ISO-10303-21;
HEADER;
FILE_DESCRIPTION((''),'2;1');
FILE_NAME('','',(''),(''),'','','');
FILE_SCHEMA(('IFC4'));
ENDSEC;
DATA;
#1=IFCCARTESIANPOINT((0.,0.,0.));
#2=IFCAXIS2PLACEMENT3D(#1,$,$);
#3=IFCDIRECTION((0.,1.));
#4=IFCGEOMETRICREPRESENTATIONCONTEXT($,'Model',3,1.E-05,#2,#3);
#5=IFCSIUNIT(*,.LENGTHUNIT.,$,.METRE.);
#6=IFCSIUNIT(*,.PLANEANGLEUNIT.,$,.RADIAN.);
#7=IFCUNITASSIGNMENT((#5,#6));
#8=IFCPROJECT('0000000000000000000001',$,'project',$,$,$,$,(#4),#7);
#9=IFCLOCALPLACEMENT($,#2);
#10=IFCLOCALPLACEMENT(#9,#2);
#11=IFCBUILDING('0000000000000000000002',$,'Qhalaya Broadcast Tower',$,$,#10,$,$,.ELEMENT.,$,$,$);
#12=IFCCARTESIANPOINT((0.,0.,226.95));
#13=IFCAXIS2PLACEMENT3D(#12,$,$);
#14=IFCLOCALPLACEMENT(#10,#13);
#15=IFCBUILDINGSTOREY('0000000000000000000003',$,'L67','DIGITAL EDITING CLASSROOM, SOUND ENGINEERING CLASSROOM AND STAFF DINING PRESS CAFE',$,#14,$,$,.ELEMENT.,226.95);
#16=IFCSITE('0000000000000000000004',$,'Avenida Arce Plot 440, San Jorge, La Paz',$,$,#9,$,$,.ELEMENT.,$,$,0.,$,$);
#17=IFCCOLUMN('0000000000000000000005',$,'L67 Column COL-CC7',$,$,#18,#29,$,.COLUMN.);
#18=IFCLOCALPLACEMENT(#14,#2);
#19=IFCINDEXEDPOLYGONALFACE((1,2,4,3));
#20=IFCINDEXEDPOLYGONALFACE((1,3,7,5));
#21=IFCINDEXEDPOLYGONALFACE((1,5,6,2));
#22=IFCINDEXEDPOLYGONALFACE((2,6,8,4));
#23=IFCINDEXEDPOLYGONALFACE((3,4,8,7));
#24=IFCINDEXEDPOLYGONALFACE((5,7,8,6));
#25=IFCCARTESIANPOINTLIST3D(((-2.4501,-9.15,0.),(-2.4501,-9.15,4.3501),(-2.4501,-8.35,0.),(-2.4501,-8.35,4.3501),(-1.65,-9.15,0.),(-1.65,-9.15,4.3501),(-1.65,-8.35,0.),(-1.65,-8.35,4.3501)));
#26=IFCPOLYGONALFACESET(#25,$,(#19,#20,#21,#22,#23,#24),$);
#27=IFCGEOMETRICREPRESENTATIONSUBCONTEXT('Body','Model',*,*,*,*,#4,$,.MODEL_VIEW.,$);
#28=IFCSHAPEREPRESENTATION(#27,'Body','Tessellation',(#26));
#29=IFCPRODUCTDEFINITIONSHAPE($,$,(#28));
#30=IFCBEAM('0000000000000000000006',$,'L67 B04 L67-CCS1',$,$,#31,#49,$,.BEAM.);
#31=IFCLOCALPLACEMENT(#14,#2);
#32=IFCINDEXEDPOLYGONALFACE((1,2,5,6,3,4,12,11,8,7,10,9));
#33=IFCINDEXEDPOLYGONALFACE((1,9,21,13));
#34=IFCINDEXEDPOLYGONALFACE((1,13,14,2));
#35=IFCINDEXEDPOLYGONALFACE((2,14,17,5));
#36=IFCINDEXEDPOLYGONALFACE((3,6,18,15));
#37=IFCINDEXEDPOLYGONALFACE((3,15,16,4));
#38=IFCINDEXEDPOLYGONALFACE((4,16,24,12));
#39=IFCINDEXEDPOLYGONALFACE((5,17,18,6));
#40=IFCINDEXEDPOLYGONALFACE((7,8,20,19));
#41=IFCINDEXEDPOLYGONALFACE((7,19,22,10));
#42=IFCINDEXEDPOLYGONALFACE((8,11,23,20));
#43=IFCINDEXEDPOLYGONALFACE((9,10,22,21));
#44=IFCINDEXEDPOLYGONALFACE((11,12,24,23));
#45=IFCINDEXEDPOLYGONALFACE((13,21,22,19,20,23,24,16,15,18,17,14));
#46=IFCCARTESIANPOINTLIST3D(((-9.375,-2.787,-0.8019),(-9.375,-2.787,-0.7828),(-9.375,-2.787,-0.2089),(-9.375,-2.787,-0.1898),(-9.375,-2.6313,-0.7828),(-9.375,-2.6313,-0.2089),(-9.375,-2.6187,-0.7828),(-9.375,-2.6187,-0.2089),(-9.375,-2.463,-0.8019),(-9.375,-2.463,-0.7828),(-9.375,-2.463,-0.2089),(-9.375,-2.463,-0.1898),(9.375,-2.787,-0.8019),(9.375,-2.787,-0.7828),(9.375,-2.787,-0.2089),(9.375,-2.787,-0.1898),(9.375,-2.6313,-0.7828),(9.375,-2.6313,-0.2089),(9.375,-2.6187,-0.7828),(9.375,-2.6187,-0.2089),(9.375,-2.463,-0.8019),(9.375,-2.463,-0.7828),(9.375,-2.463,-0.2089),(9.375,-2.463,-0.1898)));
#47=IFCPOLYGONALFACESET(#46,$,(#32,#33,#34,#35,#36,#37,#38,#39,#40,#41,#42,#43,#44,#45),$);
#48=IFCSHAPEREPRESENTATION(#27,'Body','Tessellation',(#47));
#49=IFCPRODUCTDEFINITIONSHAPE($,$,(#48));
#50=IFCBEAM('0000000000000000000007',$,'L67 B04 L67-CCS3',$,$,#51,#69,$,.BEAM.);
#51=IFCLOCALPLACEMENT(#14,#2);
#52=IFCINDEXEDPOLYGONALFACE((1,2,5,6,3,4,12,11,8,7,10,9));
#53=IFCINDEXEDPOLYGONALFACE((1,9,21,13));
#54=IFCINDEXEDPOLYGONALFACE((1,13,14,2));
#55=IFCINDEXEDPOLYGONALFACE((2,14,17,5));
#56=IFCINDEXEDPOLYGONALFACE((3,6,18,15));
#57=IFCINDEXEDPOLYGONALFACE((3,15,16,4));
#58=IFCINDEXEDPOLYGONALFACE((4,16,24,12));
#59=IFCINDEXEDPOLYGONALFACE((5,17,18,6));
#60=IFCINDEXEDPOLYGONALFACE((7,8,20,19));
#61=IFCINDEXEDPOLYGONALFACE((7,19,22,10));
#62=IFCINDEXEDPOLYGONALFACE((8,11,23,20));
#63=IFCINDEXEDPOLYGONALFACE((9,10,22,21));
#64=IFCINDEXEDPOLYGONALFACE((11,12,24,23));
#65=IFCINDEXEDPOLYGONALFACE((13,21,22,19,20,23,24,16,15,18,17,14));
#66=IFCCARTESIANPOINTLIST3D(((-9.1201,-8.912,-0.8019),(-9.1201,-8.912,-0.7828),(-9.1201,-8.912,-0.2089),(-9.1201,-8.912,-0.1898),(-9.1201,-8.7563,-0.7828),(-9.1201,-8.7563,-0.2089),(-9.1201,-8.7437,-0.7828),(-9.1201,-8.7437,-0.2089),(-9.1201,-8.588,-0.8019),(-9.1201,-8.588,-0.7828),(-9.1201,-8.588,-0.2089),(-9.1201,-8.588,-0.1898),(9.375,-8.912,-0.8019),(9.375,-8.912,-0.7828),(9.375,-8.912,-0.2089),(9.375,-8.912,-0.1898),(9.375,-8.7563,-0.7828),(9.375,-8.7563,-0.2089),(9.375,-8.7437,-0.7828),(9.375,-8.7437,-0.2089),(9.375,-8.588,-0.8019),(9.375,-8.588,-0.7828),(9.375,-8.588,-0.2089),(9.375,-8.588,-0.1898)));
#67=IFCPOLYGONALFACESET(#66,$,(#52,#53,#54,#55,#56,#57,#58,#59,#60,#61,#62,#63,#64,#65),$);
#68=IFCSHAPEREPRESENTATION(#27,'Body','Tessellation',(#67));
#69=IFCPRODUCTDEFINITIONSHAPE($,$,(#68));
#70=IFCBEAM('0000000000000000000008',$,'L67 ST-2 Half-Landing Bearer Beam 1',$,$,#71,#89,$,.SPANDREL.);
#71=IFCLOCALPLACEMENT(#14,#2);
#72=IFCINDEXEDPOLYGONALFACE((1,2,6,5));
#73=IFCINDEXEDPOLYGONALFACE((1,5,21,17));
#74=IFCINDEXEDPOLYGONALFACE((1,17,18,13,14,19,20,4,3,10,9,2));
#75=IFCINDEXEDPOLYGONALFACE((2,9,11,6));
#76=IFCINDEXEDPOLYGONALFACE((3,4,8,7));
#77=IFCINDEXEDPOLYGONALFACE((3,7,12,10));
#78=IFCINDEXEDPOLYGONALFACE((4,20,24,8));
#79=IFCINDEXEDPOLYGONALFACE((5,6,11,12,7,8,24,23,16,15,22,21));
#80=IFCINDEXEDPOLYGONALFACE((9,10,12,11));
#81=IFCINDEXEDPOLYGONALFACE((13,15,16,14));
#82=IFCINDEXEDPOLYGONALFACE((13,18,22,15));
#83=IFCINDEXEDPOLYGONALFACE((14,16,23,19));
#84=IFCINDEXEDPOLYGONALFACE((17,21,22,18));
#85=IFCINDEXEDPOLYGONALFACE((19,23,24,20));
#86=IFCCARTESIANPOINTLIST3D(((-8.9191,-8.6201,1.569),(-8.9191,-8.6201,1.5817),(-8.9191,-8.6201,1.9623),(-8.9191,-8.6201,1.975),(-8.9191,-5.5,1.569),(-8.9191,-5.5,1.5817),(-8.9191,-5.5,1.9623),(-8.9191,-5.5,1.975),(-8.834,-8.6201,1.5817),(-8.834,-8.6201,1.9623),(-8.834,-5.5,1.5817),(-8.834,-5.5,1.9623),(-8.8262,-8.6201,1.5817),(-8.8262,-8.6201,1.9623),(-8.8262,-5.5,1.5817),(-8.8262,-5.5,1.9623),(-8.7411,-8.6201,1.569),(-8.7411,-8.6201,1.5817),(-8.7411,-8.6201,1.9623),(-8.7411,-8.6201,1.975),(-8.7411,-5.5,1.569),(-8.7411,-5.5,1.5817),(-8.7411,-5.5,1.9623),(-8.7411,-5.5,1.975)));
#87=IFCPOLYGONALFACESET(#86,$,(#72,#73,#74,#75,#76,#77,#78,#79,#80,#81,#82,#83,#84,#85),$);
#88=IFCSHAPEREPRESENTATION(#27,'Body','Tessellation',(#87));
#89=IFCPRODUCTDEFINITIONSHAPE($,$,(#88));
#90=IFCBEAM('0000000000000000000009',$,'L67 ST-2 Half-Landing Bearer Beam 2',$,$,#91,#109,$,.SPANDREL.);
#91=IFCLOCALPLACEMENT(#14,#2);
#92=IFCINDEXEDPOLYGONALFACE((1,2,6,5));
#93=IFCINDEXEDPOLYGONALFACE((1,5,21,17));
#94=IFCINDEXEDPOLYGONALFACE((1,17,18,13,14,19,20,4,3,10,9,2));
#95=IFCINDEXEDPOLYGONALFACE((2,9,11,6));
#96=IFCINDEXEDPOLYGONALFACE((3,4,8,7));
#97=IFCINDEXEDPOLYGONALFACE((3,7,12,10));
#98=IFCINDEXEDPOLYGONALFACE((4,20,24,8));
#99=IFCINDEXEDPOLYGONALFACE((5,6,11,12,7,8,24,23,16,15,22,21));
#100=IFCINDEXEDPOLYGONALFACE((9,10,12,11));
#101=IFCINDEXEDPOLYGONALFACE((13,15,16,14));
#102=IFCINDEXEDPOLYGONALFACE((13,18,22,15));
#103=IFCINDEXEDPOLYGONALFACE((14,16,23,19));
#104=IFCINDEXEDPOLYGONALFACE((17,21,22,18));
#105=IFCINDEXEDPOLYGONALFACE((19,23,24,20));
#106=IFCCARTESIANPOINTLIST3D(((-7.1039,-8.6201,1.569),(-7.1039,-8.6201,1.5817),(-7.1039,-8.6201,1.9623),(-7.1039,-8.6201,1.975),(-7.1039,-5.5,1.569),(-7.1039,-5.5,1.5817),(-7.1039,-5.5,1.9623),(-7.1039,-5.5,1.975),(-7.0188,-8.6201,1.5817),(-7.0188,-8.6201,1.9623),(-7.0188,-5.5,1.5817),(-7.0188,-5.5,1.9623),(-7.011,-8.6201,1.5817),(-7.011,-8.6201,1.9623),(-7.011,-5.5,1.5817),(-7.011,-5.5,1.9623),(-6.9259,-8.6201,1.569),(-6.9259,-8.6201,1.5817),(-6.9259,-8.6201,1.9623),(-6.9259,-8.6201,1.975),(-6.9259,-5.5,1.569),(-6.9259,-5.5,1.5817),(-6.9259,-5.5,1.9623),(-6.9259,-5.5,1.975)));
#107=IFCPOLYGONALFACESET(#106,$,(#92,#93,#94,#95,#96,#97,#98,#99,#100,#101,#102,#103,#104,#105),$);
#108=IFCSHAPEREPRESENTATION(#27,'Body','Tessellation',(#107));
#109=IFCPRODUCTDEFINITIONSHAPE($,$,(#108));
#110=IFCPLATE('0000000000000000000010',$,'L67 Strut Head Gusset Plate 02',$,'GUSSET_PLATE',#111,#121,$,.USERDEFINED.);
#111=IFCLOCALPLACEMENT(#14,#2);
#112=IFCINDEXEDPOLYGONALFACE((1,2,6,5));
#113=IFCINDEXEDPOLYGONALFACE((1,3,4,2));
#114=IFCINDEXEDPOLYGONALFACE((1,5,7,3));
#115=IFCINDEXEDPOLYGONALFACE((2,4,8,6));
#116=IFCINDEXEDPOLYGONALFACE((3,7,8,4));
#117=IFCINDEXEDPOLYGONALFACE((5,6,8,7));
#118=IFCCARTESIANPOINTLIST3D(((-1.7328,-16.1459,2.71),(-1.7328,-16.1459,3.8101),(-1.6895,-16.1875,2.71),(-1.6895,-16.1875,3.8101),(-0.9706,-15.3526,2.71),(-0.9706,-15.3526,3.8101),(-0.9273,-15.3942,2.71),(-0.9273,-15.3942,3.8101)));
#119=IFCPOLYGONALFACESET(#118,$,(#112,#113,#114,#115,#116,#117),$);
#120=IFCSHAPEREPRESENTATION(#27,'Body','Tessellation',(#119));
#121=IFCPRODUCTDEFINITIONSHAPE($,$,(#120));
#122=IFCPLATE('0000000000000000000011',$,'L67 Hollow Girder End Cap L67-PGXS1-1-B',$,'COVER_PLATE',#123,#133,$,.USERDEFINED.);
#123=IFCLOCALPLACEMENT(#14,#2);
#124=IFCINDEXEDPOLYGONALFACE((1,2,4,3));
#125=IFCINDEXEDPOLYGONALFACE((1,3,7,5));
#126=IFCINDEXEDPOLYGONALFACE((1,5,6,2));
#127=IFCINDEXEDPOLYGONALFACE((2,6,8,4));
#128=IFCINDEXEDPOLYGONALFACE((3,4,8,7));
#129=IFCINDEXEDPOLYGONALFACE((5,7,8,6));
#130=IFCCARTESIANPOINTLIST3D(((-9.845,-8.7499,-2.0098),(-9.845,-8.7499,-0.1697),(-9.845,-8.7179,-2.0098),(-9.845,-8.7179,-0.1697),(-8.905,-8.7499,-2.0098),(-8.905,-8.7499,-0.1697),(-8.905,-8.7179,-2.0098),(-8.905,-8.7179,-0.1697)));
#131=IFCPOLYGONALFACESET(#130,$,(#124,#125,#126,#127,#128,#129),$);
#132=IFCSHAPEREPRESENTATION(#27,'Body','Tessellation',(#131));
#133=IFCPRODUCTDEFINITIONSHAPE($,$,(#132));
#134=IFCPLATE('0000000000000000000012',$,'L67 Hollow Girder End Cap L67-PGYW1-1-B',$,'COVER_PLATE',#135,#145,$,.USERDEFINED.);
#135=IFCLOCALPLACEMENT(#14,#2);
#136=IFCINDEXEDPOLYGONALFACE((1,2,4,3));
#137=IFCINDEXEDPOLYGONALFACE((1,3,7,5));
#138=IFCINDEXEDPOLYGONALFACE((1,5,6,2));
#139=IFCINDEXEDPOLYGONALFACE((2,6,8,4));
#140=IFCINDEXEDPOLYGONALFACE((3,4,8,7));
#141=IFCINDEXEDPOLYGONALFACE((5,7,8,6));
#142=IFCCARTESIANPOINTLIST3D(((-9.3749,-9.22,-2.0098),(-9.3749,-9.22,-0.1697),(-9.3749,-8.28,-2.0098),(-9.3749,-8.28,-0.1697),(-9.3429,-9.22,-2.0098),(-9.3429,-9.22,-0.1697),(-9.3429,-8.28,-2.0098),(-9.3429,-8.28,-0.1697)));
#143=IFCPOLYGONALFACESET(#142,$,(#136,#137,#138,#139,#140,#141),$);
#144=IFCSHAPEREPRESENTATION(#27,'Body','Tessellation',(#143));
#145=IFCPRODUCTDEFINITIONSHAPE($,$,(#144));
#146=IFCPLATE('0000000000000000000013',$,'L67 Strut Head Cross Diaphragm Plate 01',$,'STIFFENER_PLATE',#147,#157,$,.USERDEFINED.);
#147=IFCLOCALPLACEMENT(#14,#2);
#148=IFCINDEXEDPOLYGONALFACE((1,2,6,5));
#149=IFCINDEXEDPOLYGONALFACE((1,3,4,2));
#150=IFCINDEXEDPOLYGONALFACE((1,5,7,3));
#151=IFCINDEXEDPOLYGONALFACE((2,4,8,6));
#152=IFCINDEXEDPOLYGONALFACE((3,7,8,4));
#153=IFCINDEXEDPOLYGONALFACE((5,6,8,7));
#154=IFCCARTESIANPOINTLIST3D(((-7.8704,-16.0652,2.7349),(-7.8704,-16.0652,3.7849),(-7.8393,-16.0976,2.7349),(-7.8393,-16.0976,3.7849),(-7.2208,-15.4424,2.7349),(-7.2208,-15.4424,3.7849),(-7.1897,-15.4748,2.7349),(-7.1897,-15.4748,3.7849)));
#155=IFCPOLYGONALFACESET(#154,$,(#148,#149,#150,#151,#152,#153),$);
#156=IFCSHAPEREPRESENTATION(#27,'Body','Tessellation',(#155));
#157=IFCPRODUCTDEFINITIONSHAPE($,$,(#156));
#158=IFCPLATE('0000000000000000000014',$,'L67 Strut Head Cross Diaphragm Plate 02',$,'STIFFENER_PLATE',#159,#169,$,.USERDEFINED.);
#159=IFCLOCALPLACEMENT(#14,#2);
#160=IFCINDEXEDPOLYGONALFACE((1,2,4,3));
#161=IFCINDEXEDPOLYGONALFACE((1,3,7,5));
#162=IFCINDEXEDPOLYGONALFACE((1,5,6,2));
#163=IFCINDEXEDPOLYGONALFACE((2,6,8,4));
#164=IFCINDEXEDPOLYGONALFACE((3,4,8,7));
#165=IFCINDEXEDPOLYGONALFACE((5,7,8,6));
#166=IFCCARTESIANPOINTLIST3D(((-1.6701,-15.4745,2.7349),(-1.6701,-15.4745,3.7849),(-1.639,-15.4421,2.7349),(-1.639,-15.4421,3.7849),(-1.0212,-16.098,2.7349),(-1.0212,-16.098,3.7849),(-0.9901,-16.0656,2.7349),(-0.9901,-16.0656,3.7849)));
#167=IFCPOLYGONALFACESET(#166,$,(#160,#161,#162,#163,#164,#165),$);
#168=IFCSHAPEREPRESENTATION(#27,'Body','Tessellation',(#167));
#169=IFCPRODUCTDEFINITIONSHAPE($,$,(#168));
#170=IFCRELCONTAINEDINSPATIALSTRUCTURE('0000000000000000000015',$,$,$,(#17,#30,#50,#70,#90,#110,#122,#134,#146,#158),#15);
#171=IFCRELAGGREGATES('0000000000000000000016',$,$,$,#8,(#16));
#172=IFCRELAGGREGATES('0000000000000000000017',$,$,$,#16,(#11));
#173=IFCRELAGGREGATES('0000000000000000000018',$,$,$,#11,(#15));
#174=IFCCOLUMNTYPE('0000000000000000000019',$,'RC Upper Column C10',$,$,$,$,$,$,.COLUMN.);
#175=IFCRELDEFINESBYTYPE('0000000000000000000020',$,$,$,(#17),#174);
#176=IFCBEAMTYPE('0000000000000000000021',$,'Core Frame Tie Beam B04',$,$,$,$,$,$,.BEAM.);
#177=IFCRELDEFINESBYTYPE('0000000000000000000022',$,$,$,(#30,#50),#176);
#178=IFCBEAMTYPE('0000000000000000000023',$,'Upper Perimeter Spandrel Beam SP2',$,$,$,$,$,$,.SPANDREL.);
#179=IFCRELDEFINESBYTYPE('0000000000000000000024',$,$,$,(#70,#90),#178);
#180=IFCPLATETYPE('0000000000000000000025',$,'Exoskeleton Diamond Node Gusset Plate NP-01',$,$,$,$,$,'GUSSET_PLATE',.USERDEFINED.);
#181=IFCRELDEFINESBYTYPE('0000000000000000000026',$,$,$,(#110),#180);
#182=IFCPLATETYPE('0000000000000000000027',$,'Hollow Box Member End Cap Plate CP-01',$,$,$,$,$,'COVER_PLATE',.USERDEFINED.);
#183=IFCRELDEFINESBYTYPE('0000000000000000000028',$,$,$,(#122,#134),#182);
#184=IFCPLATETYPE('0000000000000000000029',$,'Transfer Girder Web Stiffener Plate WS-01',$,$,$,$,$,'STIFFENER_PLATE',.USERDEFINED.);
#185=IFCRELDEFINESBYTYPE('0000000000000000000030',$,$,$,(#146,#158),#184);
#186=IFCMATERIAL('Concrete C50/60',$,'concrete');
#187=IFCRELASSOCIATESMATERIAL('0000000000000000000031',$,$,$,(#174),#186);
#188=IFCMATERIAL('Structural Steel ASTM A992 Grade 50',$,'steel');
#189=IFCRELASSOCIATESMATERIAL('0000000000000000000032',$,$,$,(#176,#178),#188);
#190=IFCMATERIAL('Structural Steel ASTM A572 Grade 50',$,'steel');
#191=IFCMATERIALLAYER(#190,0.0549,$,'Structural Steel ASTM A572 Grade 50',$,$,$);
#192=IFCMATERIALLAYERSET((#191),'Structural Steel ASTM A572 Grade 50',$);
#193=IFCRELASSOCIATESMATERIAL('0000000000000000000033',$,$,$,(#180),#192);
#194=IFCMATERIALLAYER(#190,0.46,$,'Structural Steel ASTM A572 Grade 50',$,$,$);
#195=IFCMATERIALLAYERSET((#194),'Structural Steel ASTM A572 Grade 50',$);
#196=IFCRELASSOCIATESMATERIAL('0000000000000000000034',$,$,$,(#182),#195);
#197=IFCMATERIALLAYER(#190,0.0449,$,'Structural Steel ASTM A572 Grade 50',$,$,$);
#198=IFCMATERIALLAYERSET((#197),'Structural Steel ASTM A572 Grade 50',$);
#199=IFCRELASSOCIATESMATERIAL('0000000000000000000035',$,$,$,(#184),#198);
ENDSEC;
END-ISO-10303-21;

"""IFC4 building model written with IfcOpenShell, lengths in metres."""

from ifc_helpers import new_model, si_unit, direction, frame, origin, origin_2d, place, context, subcontext, project, spatial, rectangle, i_section, extrude, material, layer, layer_set, material_profile, profile_set, type_object, element, save


model = new_model("IFC4")

# Units and contexts
model_context = context("Model", 3, precision=1e-05, world=origin(), true_north=direction((0.0, 1.0)))
body_context = subcontext(model_context, "Body", "Model", "MODEL_VIEW")
ifc_project = project(units=[si_unit("LENGTHUNIT", "METRE"), si_unit("PLANEANGLEUNIT", "RADIAN")], contexts=[model_context])

# Site, building, storey
site_placement = place(None, origin())
site = spatial("IfcSite", under=ifc_project, at=site_placement, Name="Avenida Arce Plot 440, San Jorge, La Paz", CompositionType="ELEMENT", RefElevation=0.0)
building_placement = place(site_placement, origin())
building = spatial("IfcBuilding", under=site, at=building_placement, Name="Qhalaya Broadcast Tower", CompositionType="ELEMENT")
storey_placement = place(building_placement, frame((0.0, 0.0, 226.95)))
storey = spatial("IfcBuildingStorey", under=building, at=storey_placement, Name="L67", Description="DIGITAL EDITING CLASSROOM, SOUND ENGINEERING CLASSROOM AND STAFF DINING PRESS CAFE", CompositionType="ELEMENT", Elevation=226.95)

# Column
ifc_material_1 = material(Name="Concrete C50/60", Category="concrete")
ifc_material_profile_1 = material_profile(ifc_material_1, rectangle(XDim=0.8, YDim=0.8, at=origin_2d()), Name="RC-COL 800x800")
ifc_profile_set_1 = profile_set([ifc_material_profile_1], Name="Concrete C50/60")
column_type = type_object("IfcColumnType", Name="RC Upper Column C10", PredefinedType="COLUMN", material=ifc_profile_set_1)
column_placement = place(storey_placement, frame((-2.05, -8.75, 0.0), z_axis=(0.0, 0.0, 1.0), x_axis=(1.0, 0.0, 0.0)))
element("IfcColumn", 1, at=column_placement, inside=storey, type_object=column_type, Name="L67 Column COL-CC7", PredefinedType="COLUMN", context=body_context, shape_type="SweptSolid", body=[
    extrude(rectangle(XDim=0.8, YDim=0.8, at=origin_2d()), origin(), (0.0, 0.0, 1.0), 4.3501),
])

# Beams
ifc_material_2 = material(Name="Structural Steel ASTM A992 Grade 50", Category="steel")
ifc_material_profile_2 = material_profile(ifc_material_2, i_section(OverallWidth=0.324, OverallDepth=0.6121, WebThickness=0.0127, FlangeThickness=0.019, at=origin_2d()), Name="W24X104")
ifc_profile_set_2 = profile_set([ifc_material_profile_2], Name="Structural Steel ASTM A992 Grade 50")
beam_type_1 = type_object("IfcBeamType", Name="Core Frame Tie Beam B04", PredefinedType="BEAM", material=ifc_profile_set_2)
beam_1_placement = place(storey_placement, frame((-9.375, -2.625, -0.4958), z_axis=(1.0, 0.0, 0.0), x_axis=(0.0, 1.0, 0.0)))
element("IfcBeam", 2, at=beam_1_placement, inside=storey, type_object=beam_type_1, Name="L67 B04 L67-CCS1", PredefinedType="BEAM", context=body_context, shape_type="SweptSolid", body=[
    extrude(i_section(OverallWidth=0.324, OverallDepth=0.6121, WebThickness=0.0127, FlangeThickness=0.019, at=origin_2d()), origin(), (0.0, 0.0, 1.0), 18.75),
])
beam_2_placement = place(storey_placement, frame((-9.1201, -8.75, -0.4958), z_axis=(1.0, 0.0, 0.0), x_axis=(0.0, 1.0, 0.0)))
element("IfcBeam", 3, at=beam_2_placement, inside=storey, type_object=beam_type_1, Name="L67 B04 L67-CCS3", PredefinedType="BEAM", context=body_context, shape_type="SweptSolid", body=[
    extrude(i_section(OverallWidth=0.324, OverallDepth=0.6121, WebThickness=0.0127, FlangeThickness=0.019, at=origin_2d()), origin(), (0.0, 0.0, 1.0), 18.4951),
])
ifc_material_profile_3 = material_profile(ifc_material_2, i_section(OverallWidth=0.178, OverallDepth=0.406, WebThickness=0.0078, FlangeThickness=0.0127, at=origin_2d()), Name="W16X40")
ifc_profile_set_3 = profile_set([ifc_material_profile_3], Name="Structural Steel ASTM A992 Grade 50")
beam_type_2 = type_object("IfcBeamType", Name="Upper Perimeter Spandrel Beam SP2", PredefinedType="SPANDREL", material=ifc_profile_set_3)
for number, where, z_axis, x_axis, name in (
    (4, (-8.8301, -8.6201, 1.772), (0.0, 1.0, 0.0), (-1.0, 0.0, 0.0), "L67 ST-2 Half-Landing Bearer Beam 1"),
    (5, (-7.0149, -8.6201, 1.772), (0.0, 1.0, 0.0), (-1.0, 0.0, 0.0), "L67 ST-2 Half-Landing Bearer Beam 2"),
):
    element("IfcBeam", number, at=place(storey_placement, frame(where, z_axis=z_axis, x_axis=x_axis)), inside=storey, type_object=beam_type_2, Name=name, PredefinedType="SPANDREL", context=body_context, shape_type="SweptSolid", body=[
        extrude(i_section(OverallWidth=0.178, OverallDepth=0.406, WebThickness=0.0078, FlangeThickness=0.0127, at=origin_2d()), origin(), (0.0, 0.0, 1.0), 3.1201),
    ])

# Plates
ifc_material_3 = material(Name="Structural Steel ASTM A572 Grade 50", Category="steel")
ifc_layer_1 = layer(ifc_material_3, 0.0549, Name="Structural Steel ASTM A572 Grade 50")
ifc_layer_set_1 = layer_set([ifc_layer_1], Name="Structural Steel ASTM A572 Grade 50")
plate_type_1 = type_object("IfcPlateType", Name="Exoskeleton Diamond Node Gusset Plate NP-01", ElementType="GUSSET_PLATE", PredefinedType="USERDEFINED", material=ifc_layer_set_1)
plate_placement = place(storey_placement, frame((-1.3301, -15.77, 2.71), z_axis=(0.0, 0.0, 1.0), x_axis=(0.692823, 0.721108, 0.0)))
element("IfcPlate", 6, at=plate_placement, inside=storey, type_object=plate_type_1, Name="L67 Strut Head Gusset Plate 02", ObjectType="GUSSET_PLATE", PredefinedType="USERDEFINED", context=body_context, shape_type="SweptSolid", body=[
    extrude(rectangle(XDim=1.1001, YDim=0.0601, at=origin_2d()), origin(), (0.0, 0.0, 1.0), 1.1001),
])
ifc_layer_2 = layer(ifc_material_3, 0.46, Name="Structural Steel ASTM A572 Grade 50")
ifc_layer_set_2 = layer_set([ifc_layer_2], Name="Structural Steel ASTM A572 Grade 50")
plate_type_2 = type_object("IfcPlateType", Name="Hollow Box Member End Cap Plate CP-01", ElementType="COVER_PLATE", PredefinedType="USERDEFINED", material=ifc_layer_set_2)
for number, where, z_axis, x_axis, name in (
    (7, (-9.375, -8.7339, -2.0098), (0.0, 0.0, 1.0), (-1.0, 0.0, 0.0), "L67 Hollow Girder End Cap L67-PGXS1-1-B"),
    (8, (-9.3589, -8.75, -2.0098), (0.0, 0.0, 1.0), (0.0, 1.0, 0.0), "L67 Hollow Girder End Cap L67-PGYW1-1-B"),
):
    element("IfcPlate", number, at=place(storey_placement, frame(where, z_axis=z_axis, x_axis=x_axis)), inside=storey, type_object=plate_type_2, Name=name, ObjectType="COVER_PLATE", PredefinedType="USERDEFINED", context=body_context, shape_type="SweptSolid", body=[
        extrude(rectangle(XDim=0.9399, YDim=0.032, at=origin_2d()), origin(), (0.0, 0.0, 1.0), 1.8401),
    ])
ifc_layer_3 = layer(ifc_material_3, 0.0449, Name="Structural Steel ASTM A572 Grade 50")
ifc_layer_set_3 = layer_set([ifc_layer_3], Name="Structural Steel ASTM A572 Grade 50")
plate_type_3 = type_object("IfcPlateType", Name="Transfer Girder Web Stiffener Plate WS-01", ElementType="STIFFENER_PLATE", PredefinedType="USERDEFINED", material=ifc_layer_set_3)
for number, where, z_axis, x_axis, name in (
    (9, (-7.53, -15.77, 2.7349), (0.0, 0.0, 1.0), (-0.721845, -0.692055, 0.0), "L67 Strut Head Cross Diaphragm Plate 01"),
    (10, (-1.3301, -15.77, 2.7349), (0.0, 0.0, 1.0), (-0.721108, 0.692823, 0.0), "L67 Strut Head Cross Diaphragm Plate 02"),
):
    element("IfcPlate", number, at=place(storey_placement, frame(where, z_axis=z_axis, x_axis=x_axis)), inside=storey, type_object=plate_type_3, Name=name, ObjectType="STIFFENER_PLATE", PredefinedType="USERDEFINED", context=body_context, shape_type="SweptSolid", body=[
        extrude(rectangle(XDim=0.8999, YDim=0.0449, at=origin_2d()), origin(), (0.0, 0.0, 1.0), 1.05),
    ])

save(model, "model.ifc")
